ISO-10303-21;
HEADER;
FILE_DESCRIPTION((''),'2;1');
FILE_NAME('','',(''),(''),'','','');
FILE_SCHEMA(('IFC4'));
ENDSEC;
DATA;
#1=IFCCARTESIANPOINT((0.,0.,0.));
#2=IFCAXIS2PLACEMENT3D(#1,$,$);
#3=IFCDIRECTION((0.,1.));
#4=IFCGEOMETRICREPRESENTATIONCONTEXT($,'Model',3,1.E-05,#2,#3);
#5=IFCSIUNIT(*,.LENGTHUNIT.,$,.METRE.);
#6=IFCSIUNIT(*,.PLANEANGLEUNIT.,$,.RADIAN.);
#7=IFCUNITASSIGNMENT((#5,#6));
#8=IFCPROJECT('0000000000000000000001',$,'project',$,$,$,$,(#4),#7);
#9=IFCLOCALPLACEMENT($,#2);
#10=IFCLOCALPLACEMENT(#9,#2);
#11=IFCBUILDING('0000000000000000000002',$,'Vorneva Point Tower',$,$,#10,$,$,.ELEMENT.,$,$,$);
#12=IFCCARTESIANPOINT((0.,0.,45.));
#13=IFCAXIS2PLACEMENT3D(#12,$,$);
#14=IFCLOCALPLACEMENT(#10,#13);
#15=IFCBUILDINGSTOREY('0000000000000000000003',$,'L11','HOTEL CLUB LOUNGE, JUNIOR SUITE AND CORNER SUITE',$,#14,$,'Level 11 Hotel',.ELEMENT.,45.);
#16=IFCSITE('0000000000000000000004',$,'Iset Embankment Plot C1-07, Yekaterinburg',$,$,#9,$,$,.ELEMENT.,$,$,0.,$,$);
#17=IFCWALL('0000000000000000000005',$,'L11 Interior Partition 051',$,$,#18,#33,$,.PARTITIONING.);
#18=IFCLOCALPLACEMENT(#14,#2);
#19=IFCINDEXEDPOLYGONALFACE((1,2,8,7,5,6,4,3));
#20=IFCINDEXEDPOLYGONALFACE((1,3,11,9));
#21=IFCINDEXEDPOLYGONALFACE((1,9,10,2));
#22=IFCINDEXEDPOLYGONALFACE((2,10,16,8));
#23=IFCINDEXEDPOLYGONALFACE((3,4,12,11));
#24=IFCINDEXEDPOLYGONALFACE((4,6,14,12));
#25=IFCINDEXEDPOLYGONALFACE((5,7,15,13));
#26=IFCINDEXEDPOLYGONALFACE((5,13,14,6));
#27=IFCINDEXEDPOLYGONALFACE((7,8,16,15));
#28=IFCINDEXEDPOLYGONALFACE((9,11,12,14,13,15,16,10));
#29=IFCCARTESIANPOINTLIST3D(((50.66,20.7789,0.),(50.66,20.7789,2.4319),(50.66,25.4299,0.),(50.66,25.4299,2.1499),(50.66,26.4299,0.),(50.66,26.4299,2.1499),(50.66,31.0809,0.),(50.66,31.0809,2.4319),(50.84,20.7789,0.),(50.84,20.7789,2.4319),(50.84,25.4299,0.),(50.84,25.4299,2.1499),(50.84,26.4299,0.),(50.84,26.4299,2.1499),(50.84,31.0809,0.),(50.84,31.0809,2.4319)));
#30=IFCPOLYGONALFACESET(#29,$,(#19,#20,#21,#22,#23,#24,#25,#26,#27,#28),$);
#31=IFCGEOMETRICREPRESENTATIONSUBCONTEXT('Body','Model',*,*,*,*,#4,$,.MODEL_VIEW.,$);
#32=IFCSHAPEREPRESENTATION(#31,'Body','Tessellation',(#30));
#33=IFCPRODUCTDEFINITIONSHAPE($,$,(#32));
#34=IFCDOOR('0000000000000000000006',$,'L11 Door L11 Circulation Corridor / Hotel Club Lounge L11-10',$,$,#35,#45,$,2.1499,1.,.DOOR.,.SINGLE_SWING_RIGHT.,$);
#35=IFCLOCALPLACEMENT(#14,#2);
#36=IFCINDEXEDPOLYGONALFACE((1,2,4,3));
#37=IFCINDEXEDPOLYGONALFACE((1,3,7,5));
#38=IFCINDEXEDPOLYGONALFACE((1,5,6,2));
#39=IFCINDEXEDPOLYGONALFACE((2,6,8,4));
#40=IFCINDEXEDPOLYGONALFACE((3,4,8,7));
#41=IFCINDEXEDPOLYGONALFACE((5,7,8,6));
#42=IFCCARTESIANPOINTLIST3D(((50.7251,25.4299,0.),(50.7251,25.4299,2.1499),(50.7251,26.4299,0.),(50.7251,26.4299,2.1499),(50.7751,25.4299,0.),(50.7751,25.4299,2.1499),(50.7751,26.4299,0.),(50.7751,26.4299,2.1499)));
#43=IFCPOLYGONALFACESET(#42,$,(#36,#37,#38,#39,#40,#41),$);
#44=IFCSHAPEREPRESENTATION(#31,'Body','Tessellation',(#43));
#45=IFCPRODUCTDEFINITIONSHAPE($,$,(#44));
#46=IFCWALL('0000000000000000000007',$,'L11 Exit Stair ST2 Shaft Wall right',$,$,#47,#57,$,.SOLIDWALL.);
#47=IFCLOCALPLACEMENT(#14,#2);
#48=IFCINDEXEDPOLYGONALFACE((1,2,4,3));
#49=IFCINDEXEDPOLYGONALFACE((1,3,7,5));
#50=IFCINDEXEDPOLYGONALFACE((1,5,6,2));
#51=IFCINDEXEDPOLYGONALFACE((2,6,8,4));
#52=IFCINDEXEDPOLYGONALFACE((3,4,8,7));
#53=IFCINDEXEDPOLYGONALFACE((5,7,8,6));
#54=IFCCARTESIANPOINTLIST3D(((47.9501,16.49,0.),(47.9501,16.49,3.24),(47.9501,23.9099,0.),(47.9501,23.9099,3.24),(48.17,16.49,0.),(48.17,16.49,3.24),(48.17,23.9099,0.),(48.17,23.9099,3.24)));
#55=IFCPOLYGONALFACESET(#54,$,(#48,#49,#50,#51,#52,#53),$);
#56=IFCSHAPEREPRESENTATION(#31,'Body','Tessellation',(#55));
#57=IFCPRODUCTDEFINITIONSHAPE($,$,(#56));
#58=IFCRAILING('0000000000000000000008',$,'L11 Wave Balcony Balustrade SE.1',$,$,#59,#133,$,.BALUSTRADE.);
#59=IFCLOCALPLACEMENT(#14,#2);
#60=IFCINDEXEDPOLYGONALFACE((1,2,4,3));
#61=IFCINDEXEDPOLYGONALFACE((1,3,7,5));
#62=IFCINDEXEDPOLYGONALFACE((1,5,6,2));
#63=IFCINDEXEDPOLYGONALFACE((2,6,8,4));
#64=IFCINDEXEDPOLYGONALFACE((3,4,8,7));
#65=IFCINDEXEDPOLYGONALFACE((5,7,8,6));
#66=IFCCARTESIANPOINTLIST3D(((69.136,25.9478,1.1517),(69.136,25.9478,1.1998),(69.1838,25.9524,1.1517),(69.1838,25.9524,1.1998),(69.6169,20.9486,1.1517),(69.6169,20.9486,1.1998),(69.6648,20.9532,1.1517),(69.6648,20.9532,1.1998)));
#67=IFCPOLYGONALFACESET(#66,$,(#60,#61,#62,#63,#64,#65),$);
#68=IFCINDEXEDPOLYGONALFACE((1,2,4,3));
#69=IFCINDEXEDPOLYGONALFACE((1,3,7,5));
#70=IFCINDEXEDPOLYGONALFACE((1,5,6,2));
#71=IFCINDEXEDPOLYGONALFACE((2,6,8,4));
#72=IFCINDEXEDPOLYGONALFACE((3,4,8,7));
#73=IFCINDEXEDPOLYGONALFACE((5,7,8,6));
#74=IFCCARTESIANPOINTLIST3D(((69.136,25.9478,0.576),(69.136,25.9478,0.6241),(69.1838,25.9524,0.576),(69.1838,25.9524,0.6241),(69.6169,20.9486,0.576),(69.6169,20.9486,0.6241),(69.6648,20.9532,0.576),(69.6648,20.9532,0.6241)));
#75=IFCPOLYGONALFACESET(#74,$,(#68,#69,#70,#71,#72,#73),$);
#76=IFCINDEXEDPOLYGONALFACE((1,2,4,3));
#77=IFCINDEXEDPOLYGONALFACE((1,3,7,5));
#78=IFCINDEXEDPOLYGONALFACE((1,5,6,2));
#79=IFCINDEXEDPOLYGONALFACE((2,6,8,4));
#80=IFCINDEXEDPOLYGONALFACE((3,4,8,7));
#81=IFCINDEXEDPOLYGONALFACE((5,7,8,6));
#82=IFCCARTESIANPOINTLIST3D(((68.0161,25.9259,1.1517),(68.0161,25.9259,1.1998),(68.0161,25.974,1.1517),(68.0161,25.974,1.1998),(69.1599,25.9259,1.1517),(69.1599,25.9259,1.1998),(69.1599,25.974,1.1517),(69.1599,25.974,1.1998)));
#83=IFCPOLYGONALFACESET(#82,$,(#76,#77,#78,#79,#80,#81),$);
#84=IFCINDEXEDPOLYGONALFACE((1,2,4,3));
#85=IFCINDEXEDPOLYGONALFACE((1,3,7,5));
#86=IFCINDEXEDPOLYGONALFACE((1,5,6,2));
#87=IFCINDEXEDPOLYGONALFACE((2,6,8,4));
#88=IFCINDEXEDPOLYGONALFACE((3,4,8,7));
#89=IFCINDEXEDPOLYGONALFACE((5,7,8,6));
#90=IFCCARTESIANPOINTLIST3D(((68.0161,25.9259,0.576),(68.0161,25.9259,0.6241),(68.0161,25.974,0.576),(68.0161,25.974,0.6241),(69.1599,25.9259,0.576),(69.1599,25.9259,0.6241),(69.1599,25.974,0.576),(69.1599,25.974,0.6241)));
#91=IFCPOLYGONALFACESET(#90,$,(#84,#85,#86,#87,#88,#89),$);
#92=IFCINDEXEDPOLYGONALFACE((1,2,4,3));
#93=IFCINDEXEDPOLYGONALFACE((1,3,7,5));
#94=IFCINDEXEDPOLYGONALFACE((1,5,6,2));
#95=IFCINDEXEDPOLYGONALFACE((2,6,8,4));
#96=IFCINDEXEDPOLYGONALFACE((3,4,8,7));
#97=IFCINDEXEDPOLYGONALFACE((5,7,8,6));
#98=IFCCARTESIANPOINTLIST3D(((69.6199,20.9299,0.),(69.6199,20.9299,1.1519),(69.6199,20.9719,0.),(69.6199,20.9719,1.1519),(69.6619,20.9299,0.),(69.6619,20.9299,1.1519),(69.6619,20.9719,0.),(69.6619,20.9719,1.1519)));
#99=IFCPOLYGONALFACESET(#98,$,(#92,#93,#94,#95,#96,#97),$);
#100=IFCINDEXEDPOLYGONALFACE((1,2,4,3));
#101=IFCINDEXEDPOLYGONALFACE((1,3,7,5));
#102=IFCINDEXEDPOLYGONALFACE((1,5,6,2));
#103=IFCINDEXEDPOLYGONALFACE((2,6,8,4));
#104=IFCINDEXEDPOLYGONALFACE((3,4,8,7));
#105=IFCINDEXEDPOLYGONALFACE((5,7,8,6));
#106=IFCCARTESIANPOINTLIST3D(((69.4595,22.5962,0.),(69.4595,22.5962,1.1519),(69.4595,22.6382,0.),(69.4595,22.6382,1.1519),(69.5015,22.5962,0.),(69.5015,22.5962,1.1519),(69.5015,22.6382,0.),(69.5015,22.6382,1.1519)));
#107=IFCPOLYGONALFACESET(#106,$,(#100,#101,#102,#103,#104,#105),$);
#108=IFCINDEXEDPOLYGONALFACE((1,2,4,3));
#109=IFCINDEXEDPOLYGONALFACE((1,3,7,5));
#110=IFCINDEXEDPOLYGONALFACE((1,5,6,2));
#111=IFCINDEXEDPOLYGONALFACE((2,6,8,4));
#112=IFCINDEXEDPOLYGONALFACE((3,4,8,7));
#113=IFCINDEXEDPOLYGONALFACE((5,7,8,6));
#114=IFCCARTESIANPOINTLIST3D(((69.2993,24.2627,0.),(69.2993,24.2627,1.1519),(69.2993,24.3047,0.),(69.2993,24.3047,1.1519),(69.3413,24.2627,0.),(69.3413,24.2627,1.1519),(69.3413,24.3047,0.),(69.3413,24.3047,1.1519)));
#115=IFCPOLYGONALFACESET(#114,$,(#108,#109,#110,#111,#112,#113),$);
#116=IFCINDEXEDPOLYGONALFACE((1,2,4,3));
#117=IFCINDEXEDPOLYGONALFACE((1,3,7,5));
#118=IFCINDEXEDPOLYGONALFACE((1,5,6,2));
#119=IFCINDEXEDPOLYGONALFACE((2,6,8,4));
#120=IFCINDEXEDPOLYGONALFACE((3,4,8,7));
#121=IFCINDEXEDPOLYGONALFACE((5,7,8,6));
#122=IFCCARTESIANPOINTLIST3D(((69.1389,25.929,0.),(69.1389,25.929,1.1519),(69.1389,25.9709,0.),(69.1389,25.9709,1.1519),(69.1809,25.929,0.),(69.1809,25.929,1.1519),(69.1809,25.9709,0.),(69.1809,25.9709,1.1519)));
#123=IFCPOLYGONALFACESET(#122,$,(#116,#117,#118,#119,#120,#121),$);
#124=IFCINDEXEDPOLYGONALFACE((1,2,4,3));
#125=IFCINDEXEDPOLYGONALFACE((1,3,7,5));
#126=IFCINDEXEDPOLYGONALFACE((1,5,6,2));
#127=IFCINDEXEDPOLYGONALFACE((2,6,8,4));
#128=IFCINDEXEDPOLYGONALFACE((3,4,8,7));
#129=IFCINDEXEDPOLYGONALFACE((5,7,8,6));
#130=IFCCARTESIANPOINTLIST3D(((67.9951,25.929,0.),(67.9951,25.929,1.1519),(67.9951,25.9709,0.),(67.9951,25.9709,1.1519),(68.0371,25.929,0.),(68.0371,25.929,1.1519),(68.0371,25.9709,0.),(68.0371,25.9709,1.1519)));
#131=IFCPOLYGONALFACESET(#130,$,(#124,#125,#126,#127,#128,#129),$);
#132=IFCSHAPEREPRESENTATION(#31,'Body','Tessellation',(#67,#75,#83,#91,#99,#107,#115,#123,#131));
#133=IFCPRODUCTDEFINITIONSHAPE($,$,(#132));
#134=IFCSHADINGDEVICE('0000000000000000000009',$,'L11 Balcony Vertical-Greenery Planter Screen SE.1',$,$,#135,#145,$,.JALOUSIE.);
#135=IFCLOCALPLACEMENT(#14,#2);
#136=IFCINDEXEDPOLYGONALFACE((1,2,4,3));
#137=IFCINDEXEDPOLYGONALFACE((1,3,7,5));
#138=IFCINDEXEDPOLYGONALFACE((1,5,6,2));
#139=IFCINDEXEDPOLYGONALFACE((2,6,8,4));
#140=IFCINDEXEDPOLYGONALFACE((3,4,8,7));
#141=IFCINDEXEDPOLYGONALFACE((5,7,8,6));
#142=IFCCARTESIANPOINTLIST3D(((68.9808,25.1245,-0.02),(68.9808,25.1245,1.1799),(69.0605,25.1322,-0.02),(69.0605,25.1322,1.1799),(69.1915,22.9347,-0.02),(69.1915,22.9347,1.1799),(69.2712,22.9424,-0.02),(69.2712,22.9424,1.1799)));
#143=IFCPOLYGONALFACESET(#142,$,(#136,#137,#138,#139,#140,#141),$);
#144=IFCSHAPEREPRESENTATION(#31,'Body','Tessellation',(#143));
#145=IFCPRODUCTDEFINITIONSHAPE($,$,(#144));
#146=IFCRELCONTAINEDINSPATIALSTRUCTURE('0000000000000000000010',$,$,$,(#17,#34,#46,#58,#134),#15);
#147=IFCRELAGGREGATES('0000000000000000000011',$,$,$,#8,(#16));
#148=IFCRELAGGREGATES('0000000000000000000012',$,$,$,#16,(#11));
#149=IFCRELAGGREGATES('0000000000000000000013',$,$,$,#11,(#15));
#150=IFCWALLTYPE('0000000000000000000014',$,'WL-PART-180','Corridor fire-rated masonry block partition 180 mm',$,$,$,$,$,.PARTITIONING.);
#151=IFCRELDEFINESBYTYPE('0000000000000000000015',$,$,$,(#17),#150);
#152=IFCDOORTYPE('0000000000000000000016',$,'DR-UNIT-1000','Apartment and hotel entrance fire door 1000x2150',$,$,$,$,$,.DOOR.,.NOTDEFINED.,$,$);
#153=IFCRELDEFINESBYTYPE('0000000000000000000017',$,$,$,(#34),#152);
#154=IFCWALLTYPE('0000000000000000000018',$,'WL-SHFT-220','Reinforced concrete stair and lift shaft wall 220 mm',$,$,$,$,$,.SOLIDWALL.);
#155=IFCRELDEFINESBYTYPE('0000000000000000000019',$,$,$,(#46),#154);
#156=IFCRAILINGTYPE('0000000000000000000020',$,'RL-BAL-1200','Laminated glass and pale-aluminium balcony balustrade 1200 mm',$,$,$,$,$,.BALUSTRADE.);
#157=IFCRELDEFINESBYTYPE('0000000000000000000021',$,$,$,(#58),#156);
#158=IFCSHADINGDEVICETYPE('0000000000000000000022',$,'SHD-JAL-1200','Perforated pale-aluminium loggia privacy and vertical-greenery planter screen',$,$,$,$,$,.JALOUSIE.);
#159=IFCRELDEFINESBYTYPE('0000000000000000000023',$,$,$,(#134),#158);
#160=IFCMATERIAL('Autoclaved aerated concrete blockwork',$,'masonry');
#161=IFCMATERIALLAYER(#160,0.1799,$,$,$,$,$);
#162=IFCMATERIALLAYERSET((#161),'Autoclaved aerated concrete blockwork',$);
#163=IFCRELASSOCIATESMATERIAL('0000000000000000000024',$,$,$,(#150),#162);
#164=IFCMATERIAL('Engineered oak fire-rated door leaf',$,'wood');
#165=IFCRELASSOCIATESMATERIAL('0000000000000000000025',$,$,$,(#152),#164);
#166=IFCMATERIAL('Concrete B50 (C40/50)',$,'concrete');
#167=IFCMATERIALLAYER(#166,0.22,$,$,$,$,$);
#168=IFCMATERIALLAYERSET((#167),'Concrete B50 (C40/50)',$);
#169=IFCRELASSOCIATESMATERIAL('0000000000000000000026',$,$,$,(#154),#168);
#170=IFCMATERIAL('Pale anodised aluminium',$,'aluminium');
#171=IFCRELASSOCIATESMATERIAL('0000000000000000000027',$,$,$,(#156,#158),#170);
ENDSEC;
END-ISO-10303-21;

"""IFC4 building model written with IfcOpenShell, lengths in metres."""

from ifc_helpers import new_model, si_unit, direction, frame, frame_2d, origin, origin_2d, place, context, subcontext, project, spatial, rectangle, extrude, material, layer, layer_set, type_object, element, fill, save


model = new_model("IFC4")

# Units and contexts
model_context = context("Model", 3, precision=1e-05, world=origin(), true_north=direction((0.0, 1.0)))
body_context = subcontext(model_context, "Body", "Model", "MODEL_VIEW")
ifc_project = project(units=[si_unit("LENGTHUNIT", "METRE"), si_unit("PLANEANGLEUNIT", "RADIAN")], contexts=[model_context])

# Site, building, storey
site_placement = place(None, origin())
site = spatial("IfcSite", under=ifc_project, at=site_placement, Name="Iset Embankment Plot C1-07, Yekaterinburg", CompositionType="ELEMENT", RefElevation=0.0)
building_placement = place(site_placement, origin())
building = spatial("IfcBuilding", under=site, at=building_placement, Name="Vorneva Point Tower", CompositionType="ELEMENT")
storey_placement = place(building_placement, frame((0.0, 0.0, 45.0)))
storey = spatial("IfcBuildingStorey", under=building, at=storey_placement, Name="L11", Description="HOTEL CLUB LOUNGE, JUNIOR SUITE AND CORNER SUITE", LongName="Level 11 Hotel", CompositionType="ELEMENT", Elevation=45.0)

# Shared definitions
ifc_material_1 = material(Name="Pale anodised aluminium", Category="aluminium")

# Wall, opening, door
ifc_material_2 = material(Name="Autoclaved aerated concrete blockwork", Category="masonry")
ifc_layer_1 = layer(ifc_material_2, 0.1799)
ifc_layer_set_1 = layer_set([ifc_layer_1], Name="Autoclaved aerated concrete blockwork")
wall_type_1 = type_object("IfcWallType", Name="WL-PART-180", Description="Corridor fire-rated masonry block partition 180 mm", PredefinedType="PARTITIONING", material=ifc_layer_set_1)
wall_1_placement = place(storey_placement, frame((50.75, 20.7791, 0.0), z_axis=(0.0, 0.0, 1.0), x_axis=(0.0, 1.0, 0.0)))
wall_1 = element("IfcWall", 1, at=wall_1_placement, inside=storey, type_object=wall_type_1, Name="L11 Interior Partition 051", PredefinedType="PARTITIONING", context=body_context, shape_type="SweptSolid", body=[
    extrude(rectangle(XDim=10.302, YDim=0.1799, at=frame_2d((5.1509, 0.0))), origin(), (0.0, 0.0, 1.0), 2.4319),
])
opening_1_placement = place(wall_1_placement, frame((4.6509, 0.0, 0.0)))
opening_1 = element("IfcOpeningElement", 2, at=opening_1_placement, cuts=wall_1, PredefinedType="OPENING", context=body_context, shape_type="SweptSolid", body=[
    extrude(rectangle(XDim=1.0, YDim=2.1499, at=frame_2d((0.5, 1.075))), frame((0.0, 0.105, 0.0), z_axis=(0.0, -1.0, 0.0), x_axis=(1.0, 0.0, 0.0)), (0.0, 0.0, 1.0), 0.2097),
])
ifc_material_3 = material(Name="Engineered oak fire-rated door leaf", Category="wood")
door_type_1 = type_object("IfcDoorType", Name="DR-UNIT-1000", Description="Apartment and hotel entrance fire door 1000x2150", OperationType="NOTDEFINED", PredefinedType="DOOR", material=ifc_material_3)
door_1_placement = place(opening_1_placement, origin())
door_1 = element("IfcDoor", 3, at=door_1_placement, inside=storey, type_object=door_type_1, Name="L11 Door L11 Circulation Corridor / Hotel Club Lounge L11-10", OperationType="SINGLE_SWING_RIGHT", OverallHeight=2.1499, OverallWidth=1.0, PredefinedType="DOOR", context=body_context, shape_type="SweptSolid", body=[
    extrude(rectangle(XDim=1.0, YDim=2.1499, at=frame_2d((0.5, 1.075))), frame((0.0, 0.0249, 0.0), z_axis=(0.0, -1.0, 0.0), x_axis=(1.0, 0.0, 0.0)), (0.0, 0.0, 1.0), 0.05),
])
fill(opening_1, door_1)

# Wall
ifc_material_4 = material(Name="Concrete B50 (C40/50)", Category="concrete")
ifc_layer_2 = layer(ifc_material_4, 0.22)
ifc_layer_set_2 = layer_set([ifc_layer_2], Name="Concrete B50 (C40/50)")
wall_type_2 = type_object("IfcWallType", Name="WL-SHFT-220", Description="Reinforced concrete stair and lift shaft wall 220 mm", PredefinedType="SOLIDWALL", material=ifc_layer_set_2)
wall_2_placement = place(storey_placement, frame((48.0601, 23.9099, 0.0), z_axis=(0.0, 0.0, 1.0), x_axis=(0.0, -1.0, 0.0)))
element("IfcWall", 4, at=wall_2_placement, inside=storey, type_object=wall_type_2, Name="L11 Exit Stair ST2 Shaft Wall right", PredefinedType="SOLIDWALL", context=body_context, shape_type="SweptSolid", body=[
    extrude(rectangle(XDim=7.4199, YDim=0.22, at=frame_2d((3.71, 0.0))), origin(), (0.0, 0.0, 1.0), 3.24),
])

# Railing
railing_type = type_object("IfcRailingType", Name="RL-BAL-1200", Description="Laminated glass and pale-aluminium balcony balustrade 1200 mm", PredefinedType="BALUSTRADE", material=ifc_material_1)
railing_placement = place(storey_placement, frame((69.6409, 20.9509, 0.0)))
element("IfcRailing", 5, at=railing_placement, inside=storey, type_object=railing_type, Name="L11 Wave Balcony Balustrade SE.1", PredefinedType="BALUSTRADE", context=body_context, shape_type="SweptSolid", body=[
    extrude(rectangle(XDim=0.0481, YDim=0.0481, at=origin_2d()), frame((0.0, 0.0, 1.1758), z_axis=(-0.095768, 0.995404, 0.0), x_axis=(-0.995404, -0.095768, 0.0)), (0.0, 0.0, 1.0), 5.0222),
    extrude(rectangle(XDim=0.0481, YDim=0.0481, at=origin_2d()), frame((0.0, 0.0, 0.6001), z_axis=(-0.095768, 0.995404, 0.0), x_axis=(-0.995404, -0.095768, 0.0)), (0.0, 0.0, 1.0), 5.0222),
    extrude(rectangle(XDim=0.0481, YDim=0.0481, at=origin_2d()), frame((-0.481, 4.999, 1.1758), z_axis=(-1.0, 0.0, 0.0), x_axis=(0.0, -1.0, 0.0)), (0.0, 0.0, 1.0), 1.1438),
    extrude(rectangle(XDim=0.0481, YDim=0.0481, at=origin_2d()), frame((-0.481, 4.999, 0.6001), z_axis=(-1.0, 0.0, 0.0), x_axis=(0.0, -1.0, 0.0)), (0.0, 0.0, 1.0), 1.1438),
    extrude(rectangle(XDim=0.042, YDim=0.042, at=origin_2d()), origin(), (0.0, 0.0, 1.0), 1.1519),
    extrude(rectangle(XDim=0.042, YDim=0.042, at=origin_2d()), frame((-0.1604, 1.6663, 0.0)), (0.0, 0.0, 1.0), 1.1519),
    extrude(rectangle(XDim=0.042, YDim=0.042, at=origin_2d()), frame((-0.3206, 3.3328, 0.0)), (0.0, 0.0, 1.0), 1.1519),
    extrude(rectangle(XDim=0.042, YDim=0.042, at=origin_2d()), frame((-0.481, 4.999, 0.0)), (0.0, 0.0, 1.0), 1.1519),
    extrude(rectangle(XDim=0.042, YDim=0.042, at=origin_2d()), frame((-1.6248, 4.999, 0.0)), (0.0, 0.0, 1.0), 1.1519),
])

# Shading device
shading_device_type = type_object("IfcShadingDeviceType", Name="SHD-JAL-1200", Description="Perforated pale-aluminium loggia privacy and vertical-greenery planter screen", PredefinedType="JALOUSIE", material=ifc_material_1)
shading_device_placement = place(storey_placement, frame((69.126, 24.0334, -0.02), z_axis=(0.0, 0.0, 1.0), x_axis=(-0.095794, 0.995401, 0.0)))
element("IfcShadingDevice", 6, at=shading_device_placement, inside=storey, type_object=shading_device_type, Name="L11 Balcony Vertical-Greenery Planter Screen SE.1", PredefinedType="JALOUSIE", context=body_context, shape_type="SweptSolid", body=[
    extrude(rectangle(XDim=2.2, YDim=0.0801, at=origin_2d()), origin(), (0.0, 0.0, 1.0), 1.2),
])

save(model, "model.ifc")
